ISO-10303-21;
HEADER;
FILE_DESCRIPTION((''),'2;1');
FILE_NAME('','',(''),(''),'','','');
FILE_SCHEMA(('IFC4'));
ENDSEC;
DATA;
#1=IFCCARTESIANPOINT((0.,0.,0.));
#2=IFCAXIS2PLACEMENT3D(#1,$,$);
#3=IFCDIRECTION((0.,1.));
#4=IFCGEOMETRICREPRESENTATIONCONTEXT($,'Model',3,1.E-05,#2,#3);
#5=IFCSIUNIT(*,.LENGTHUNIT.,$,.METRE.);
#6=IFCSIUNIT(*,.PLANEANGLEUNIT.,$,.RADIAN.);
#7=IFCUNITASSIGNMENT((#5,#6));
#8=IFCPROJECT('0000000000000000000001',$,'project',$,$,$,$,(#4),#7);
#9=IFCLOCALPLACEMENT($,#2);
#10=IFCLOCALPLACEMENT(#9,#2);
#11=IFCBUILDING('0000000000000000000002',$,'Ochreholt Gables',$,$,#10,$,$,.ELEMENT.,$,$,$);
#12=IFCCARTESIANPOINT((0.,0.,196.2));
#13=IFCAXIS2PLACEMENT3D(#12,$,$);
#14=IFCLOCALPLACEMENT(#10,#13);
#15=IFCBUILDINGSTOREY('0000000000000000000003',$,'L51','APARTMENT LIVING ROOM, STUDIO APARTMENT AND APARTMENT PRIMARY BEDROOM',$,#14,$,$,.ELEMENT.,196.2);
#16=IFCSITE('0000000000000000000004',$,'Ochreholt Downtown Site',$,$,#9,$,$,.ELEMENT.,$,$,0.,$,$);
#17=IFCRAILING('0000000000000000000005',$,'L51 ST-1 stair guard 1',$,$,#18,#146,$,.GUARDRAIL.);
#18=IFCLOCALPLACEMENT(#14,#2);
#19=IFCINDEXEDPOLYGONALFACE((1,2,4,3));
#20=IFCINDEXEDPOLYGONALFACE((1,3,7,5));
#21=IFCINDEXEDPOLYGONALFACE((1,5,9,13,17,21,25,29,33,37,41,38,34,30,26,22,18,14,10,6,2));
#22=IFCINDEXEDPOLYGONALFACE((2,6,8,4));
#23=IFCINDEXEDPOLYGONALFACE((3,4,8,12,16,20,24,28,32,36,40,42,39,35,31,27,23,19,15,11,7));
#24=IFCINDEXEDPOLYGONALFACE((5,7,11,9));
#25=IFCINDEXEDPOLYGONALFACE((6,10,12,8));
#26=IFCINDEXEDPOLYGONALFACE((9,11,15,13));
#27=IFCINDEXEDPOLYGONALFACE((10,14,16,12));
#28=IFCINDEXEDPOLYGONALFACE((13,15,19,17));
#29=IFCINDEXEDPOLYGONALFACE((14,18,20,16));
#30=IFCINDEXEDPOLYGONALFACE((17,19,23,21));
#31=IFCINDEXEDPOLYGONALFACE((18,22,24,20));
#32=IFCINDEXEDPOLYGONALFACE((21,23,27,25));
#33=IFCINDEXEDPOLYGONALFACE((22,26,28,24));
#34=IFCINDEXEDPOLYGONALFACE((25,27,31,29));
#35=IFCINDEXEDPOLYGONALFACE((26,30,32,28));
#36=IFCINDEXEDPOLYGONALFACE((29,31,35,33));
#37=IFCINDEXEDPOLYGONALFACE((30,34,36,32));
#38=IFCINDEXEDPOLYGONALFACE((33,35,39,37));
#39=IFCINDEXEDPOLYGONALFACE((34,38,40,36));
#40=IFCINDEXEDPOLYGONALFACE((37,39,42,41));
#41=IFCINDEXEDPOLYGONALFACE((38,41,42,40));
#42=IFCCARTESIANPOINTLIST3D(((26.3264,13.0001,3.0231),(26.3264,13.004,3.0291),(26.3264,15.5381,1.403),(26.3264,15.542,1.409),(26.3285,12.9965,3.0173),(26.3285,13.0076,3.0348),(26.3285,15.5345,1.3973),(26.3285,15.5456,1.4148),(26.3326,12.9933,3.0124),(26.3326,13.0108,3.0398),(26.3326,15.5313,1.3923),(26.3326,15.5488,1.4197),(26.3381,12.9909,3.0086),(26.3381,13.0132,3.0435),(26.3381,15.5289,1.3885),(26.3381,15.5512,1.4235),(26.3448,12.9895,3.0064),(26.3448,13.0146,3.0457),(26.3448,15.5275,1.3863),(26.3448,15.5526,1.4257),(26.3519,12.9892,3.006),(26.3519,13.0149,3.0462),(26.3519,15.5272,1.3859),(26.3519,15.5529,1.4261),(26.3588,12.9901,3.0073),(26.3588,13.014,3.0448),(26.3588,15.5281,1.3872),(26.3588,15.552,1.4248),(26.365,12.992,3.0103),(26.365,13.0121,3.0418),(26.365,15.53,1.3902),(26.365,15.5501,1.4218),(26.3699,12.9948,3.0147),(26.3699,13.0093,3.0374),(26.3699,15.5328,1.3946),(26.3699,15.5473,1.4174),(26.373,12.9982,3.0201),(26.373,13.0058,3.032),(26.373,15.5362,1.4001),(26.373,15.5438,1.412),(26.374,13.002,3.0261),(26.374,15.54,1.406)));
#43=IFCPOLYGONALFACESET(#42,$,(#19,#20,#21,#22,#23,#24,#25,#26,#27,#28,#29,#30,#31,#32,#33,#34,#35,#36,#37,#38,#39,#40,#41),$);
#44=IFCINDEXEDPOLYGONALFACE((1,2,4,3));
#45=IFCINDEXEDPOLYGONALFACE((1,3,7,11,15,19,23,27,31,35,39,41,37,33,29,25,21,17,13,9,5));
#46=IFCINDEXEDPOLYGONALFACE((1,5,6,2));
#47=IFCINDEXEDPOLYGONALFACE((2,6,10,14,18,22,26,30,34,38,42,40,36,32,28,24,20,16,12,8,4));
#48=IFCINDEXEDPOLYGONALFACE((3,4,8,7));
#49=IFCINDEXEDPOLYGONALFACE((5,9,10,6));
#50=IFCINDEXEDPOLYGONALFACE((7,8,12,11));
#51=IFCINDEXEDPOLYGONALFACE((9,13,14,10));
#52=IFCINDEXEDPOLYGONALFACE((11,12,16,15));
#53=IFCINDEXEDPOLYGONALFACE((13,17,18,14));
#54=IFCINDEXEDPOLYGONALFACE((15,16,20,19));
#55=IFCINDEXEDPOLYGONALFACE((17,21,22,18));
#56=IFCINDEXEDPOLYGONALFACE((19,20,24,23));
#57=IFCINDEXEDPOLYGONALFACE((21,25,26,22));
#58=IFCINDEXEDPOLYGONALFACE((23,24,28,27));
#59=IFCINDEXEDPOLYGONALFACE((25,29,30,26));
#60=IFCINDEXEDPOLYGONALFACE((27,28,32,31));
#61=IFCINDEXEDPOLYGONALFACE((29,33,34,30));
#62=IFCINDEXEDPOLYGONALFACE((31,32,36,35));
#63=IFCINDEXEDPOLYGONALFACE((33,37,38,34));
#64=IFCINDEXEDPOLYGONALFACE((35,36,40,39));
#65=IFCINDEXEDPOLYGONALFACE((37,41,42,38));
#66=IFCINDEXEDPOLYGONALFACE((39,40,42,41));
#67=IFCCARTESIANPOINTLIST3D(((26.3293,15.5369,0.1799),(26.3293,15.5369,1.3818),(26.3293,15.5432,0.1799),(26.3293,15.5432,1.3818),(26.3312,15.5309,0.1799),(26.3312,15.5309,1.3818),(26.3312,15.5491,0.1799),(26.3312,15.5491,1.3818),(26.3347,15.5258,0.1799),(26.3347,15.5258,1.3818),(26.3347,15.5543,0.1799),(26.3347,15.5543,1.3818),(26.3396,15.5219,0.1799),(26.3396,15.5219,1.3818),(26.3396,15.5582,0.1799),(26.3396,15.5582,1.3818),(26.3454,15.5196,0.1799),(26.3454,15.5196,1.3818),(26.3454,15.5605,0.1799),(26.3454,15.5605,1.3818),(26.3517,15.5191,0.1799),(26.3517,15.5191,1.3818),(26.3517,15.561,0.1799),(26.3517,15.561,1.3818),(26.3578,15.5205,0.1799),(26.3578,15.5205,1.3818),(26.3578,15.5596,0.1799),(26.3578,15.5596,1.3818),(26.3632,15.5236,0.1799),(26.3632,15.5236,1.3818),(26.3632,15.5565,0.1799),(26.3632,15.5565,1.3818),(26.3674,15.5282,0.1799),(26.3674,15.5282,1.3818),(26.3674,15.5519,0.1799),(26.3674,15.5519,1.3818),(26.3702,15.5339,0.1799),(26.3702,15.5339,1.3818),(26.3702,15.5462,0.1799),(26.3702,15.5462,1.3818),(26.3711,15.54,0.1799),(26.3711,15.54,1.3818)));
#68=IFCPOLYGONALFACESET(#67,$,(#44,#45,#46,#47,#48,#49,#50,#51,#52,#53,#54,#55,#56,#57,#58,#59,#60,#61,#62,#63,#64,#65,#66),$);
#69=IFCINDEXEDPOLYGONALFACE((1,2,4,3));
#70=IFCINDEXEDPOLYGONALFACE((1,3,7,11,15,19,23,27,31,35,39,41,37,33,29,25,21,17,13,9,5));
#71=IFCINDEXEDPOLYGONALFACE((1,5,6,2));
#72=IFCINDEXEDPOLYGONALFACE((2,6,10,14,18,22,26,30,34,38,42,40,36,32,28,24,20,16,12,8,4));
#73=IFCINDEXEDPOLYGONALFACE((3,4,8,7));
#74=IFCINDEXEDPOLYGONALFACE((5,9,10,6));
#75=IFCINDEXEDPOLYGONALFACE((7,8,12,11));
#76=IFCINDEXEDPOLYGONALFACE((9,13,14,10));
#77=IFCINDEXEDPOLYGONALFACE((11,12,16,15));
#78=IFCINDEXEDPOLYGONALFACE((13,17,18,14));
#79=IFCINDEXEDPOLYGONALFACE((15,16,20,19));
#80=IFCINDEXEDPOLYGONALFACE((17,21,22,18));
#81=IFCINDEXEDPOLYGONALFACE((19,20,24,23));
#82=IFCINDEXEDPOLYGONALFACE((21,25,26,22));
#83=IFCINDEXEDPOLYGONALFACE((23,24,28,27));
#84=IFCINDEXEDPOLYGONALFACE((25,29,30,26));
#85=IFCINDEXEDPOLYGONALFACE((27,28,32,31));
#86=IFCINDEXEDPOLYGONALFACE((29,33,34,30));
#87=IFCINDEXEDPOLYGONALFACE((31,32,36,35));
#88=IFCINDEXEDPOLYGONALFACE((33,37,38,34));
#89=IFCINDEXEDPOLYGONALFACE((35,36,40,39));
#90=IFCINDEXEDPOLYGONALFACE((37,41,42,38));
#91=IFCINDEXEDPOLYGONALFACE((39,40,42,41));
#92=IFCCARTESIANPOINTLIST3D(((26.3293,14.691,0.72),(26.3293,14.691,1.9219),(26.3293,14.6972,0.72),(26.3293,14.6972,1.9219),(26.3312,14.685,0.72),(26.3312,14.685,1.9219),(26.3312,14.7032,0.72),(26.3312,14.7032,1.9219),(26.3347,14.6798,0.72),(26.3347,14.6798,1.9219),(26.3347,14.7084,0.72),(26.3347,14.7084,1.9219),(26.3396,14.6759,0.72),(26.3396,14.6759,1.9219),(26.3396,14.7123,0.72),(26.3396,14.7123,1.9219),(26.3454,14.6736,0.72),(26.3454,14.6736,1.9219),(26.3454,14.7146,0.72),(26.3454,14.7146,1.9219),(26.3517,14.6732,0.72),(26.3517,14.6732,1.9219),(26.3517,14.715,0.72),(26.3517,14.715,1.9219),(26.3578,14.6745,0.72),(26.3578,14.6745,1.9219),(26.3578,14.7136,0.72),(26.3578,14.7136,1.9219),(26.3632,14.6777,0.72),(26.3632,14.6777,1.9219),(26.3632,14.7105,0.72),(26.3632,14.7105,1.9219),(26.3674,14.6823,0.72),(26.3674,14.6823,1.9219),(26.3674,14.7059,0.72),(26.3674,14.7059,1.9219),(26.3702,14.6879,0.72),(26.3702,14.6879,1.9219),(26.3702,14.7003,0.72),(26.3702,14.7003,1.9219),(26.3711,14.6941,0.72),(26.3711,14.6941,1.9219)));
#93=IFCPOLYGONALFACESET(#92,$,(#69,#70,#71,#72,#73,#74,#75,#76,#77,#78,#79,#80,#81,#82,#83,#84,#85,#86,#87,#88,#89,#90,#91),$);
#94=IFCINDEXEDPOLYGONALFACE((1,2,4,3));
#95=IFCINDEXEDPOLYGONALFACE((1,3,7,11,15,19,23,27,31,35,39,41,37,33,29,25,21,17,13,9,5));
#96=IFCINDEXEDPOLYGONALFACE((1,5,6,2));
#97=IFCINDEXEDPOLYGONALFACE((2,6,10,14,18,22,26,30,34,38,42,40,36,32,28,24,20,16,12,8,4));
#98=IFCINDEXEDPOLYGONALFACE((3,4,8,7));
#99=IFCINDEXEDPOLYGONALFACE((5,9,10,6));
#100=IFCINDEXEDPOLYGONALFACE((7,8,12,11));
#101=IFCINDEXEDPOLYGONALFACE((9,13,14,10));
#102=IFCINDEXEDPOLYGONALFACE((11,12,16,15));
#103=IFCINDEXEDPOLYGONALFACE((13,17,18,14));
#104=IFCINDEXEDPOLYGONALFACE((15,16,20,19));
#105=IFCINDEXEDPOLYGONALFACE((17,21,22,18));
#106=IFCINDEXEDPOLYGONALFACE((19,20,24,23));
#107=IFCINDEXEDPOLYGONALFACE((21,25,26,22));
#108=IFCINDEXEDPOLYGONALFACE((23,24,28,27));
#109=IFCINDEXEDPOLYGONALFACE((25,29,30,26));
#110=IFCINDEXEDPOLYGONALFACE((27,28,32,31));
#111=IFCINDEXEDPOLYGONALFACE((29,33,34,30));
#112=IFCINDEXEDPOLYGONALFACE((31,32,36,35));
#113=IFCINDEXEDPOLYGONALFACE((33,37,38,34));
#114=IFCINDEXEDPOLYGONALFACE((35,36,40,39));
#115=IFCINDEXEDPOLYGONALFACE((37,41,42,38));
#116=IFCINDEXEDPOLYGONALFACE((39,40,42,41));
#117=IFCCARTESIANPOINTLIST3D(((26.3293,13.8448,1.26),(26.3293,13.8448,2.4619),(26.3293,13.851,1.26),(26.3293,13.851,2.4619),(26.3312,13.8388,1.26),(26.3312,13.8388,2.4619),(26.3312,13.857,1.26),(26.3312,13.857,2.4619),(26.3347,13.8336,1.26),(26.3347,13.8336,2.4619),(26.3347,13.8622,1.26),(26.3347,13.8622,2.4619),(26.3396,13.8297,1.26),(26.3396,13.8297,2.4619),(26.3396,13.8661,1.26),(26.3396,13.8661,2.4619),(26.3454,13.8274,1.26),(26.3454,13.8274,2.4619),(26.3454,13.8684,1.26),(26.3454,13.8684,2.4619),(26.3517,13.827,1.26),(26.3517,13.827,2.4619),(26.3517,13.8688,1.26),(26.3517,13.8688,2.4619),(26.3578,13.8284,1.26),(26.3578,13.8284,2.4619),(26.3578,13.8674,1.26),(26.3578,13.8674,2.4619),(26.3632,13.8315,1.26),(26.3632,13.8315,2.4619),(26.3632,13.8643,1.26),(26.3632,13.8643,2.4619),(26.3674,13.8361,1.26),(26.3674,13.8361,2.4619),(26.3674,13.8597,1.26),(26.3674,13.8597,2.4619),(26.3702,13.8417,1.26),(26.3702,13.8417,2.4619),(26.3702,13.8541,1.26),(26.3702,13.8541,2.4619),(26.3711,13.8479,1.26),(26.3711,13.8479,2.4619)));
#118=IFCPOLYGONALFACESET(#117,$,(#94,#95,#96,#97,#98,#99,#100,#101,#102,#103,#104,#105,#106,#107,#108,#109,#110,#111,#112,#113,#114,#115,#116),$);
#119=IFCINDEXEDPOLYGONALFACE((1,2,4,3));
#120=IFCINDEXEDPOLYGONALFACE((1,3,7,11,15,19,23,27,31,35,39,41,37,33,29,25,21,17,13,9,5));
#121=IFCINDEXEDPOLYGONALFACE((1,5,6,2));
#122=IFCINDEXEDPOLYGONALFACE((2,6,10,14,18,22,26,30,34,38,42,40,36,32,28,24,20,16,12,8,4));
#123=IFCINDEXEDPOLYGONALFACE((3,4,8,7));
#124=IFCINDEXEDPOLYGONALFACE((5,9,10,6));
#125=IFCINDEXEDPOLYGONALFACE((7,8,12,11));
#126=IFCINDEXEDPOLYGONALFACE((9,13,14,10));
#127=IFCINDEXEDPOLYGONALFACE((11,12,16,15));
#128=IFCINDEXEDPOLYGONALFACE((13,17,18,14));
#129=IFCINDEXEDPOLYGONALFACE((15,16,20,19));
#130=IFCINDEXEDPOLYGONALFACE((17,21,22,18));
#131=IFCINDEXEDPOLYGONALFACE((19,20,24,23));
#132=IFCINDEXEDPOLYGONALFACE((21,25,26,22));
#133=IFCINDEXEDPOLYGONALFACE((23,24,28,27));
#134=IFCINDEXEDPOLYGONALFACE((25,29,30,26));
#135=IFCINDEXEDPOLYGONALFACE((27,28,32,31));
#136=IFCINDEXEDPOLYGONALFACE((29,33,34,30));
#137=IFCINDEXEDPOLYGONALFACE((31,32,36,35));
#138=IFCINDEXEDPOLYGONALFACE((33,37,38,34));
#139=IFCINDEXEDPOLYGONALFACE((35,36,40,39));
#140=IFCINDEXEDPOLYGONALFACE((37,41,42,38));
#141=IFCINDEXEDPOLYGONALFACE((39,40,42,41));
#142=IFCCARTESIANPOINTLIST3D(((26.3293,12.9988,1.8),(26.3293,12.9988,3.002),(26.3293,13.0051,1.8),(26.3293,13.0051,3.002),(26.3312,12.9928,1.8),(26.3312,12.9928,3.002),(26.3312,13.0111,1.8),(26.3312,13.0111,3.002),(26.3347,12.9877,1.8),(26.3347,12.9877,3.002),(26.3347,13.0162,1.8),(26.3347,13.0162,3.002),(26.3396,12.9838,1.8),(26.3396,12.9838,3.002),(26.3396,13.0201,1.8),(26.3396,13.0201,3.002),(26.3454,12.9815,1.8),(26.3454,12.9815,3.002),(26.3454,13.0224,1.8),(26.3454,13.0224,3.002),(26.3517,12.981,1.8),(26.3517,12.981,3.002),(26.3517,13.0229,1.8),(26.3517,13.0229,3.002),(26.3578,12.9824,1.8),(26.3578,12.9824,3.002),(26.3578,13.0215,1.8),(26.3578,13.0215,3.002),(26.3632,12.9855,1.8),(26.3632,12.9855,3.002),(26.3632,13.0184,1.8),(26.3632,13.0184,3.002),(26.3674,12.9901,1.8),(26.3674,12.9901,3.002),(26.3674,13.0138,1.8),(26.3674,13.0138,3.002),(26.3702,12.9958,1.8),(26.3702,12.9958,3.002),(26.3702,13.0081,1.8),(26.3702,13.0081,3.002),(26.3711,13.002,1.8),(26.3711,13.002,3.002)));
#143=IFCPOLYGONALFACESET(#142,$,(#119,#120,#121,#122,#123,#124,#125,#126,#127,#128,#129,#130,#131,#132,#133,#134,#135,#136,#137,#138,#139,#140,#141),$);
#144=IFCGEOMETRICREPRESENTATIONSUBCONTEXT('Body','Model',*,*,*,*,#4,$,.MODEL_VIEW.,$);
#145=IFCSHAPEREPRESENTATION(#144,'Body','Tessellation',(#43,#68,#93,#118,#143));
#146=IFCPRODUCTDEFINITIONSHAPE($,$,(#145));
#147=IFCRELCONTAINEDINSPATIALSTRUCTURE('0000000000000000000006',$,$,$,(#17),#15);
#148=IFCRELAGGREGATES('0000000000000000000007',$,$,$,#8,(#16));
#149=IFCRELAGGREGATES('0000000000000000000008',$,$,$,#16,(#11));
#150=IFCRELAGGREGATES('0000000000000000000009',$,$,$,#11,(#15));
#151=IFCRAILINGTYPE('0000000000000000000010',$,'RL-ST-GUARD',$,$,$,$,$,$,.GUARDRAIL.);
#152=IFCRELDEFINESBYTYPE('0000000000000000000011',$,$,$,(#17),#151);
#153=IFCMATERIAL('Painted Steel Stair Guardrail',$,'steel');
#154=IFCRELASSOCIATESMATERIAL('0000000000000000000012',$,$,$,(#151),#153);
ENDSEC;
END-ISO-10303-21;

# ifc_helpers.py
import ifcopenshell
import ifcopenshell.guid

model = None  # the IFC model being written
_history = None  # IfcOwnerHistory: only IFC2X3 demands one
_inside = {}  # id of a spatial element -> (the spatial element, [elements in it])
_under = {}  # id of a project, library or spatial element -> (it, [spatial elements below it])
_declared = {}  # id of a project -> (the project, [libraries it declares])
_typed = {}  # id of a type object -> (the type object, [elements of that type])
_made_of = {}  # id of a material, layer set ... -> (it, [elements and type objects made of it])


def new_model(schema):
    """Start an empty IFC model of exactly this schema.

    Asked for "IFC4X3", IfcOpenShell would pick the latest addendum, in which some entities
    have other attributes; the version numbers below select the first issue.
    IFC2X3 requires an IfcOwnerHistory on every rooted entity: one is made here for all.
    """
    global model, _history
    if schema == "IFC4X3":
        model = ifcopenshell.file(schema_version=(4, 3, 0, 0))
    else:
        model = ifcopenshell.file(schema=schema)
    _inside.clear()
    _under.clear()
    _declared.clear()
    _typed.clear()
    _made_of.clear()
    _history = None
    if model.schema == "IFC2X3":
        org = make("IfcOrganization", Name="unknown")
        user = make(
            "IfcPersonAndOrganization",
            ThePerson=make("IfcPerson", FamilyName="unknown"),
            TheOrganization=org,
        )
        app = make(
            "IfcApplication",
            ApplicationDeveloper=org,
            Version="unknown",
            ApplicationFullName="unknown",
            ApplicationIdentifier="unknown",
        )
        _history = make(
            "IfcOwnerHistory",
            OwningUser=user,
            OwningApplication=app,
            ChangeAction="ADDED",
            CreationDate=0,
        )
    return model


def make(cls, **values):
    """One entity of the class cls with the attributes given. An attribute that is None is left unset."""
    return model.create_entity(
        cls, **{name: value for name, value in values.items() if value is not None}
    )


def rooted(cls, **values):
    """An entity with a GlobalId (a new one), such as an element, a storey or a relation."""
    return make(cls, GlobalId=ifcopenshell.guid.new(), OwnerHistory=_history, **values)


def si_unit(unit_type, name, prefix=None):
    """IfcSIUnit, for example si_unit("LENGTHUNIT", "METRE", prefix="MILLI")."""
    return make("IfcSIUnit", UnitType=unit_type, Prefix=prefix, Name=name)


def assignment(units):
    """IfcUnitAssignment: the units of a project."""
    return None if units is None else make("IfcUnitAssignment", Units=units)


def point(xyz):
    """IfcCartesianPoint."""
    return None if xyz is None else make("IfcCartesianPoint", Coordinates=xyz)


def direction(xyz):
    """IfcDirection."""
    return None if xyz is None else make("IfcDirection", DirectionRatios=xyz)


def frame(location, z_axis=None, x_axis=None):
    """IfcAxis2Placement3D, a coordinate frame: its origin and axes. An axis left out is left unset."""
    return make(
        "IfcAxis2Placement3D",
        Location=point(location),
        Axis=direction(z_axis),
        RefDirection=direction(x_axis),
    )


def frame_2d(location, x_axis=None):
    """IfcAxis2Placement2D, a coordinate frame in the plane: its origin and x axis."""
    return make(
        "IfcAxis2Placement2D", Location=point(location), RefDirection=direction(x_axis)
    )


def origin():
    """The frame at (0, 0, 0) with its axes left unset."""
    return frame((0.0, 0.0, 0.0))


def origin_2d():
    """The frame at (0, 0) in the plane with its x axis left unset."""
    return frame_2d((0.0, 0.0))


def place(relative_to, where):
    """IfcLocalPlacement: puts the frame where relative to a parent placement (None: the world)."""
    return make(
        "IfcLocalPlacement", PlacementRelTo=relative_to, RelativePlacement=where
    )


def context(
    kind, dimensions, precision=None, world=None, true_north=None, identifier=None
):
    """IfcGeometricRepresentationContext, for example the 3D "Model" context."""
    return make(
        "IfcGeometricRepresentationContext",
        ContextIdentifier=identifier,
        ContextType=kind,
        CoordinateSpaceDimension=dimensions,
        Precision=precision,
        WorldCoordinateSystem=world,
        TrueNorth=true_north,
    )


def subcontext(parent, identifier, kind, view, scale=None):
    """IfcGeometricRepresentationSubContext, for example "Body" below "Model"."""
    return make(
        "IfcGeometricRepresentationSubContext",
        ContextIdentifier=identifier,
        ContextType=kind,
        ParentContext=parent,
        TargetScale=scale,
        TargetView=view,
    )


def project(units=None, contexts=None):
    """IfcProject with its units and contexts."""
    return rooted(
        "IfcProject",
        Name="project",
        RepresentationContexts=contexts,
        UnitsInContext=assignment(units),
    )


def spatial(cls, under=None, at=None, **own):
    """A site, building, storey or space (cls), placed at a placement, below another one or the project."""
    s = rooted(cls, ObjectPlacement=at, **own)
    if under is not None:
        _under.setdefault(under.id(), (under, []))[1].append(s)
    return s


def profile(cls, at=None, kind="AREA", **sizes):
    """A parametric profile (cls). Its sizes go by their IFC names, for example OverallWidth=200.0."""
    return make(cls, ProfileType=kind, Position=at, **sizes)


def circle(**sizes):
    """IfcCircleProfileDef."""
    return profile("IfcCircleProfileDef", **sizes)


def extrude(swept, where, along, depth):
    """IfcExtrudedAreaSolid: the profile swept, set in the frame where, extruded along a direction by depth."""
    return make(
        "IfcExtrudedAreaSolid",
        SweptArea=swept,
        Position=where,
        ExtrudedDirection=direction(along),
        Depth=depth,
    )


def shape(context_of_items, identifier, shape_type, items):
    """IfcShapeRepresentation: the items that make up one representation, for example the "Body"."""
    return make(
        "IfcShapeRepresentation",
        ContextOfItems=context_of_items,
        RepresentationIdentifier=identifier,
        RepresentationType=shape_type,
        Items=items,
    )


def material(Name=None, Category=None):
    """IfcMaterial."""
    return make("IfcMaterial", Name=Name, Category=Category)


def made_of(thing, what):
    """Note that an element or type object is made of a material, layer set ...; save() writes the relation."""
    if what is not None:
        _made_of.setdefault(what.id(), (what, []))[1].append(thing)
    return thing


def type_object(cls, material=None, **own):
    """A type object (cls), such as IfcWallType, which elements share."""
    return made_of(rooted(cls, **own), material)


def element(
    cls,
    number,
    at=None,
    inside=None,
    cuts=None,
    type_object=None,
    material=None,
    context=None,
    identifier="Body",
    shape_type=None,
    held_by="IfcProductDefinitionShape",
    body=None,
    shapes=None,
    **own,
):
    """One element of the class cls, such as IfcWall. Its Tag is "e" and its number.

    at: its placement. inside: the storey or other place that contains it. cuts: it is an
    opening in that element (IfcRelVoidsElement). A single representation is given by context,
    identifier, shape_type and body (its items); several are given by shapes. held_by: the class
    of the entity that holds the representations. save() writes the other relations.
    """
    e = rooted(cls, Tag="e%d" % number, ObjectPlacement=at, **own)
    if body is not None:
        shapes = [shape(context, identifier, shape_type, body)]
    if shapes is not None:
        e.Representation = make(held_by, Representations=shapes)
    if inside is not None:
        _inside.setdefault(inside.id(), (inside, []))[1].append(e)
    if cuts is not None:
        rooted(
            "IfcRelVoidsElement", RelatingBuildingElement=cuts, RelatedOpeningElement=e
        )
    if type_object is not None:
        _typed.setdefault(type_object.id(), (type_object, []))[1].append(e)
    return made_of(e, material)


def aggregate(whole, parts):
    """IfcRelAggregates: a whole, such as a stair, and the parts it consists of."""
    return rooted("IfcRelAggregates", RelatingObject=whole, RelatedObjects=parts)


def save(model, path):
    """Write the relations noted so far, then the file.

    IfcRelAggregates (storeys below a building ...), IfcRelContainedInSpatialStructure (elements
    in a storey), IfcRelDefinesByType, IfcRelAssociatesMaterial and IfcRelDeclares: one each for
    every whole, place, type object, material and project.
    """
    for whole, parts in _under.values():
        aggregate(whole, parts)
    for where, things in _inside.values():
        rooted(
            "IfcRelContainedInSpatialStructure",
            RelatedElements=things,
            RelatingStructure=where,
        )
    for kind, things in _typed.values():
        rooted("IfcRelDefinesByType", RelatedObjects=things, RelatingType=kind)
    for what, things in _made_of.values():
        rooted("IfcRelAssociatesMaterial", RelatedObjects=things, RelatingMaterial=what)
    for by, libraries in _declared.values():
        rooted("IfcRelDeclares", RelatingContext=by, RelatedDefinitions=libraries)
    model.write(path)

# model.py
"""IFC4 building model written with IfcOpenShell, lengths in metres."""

from ifc_helpers import new_model, si_unit, direction, frame, origin, origin_2d, place, context, subcontext, project, spatial, circle, extrude, material, type_object, element, save


model = new_model("IFC4")

# Units and contexts
model_context = context("Model", 3, precision=1e-05, world=origin(), true_north=direction((0.0, 1.0)))
body_context = subcontext(model_context, "Body", "Model", "MODEL_VIEW")
ifc_project = project(units=[si_unit("LENGTHUNIT", "METRE"), si_unit("PLANEANGLEUNIT", "RADIAN")], contexts=[model_context])

# Site, building, storey
site_placement = place(None, origin())
site = spatial("IfcSite", under=ifc_project, at=site_placement, Name="Ochreholt Downtown Site", CompositionType="ELEMENT", RefElevation=0.0)
building_placement = place(site_placement, origin())
building = spatial("IfcBuilding", under=site, at=building_placement, Name="Ochreholt Gables", CompositionType="ELEMENT")
storey_placement = place(building_placement, frame((0.0, 0.0, 196.2)))
storey = spatial("IfcBuildingStorey", under=building, at=storey_placement, Name="L51", Description="APARTMENT LIVING ROOM, STUDIO APARTMENT AND APARTMENT PRIMARY BEDROOM", CompositionType="ELEMENT", Elevation=196.2)

# Railing
ifc_material_1 = material(Name="Painted Steel Stair Guardrail", Category="steel")
railing_type = type_object("IfcRailingType", Name="RL-ST-GUARD", PredefinedType="GUARDRAIL", material=ifc_material_1)
railing_1_placement = place(storey_placement, frame((26.3501, 15.54, 0.1799)))
element("IfcRailing", 1, at=railing_1_placement, inside=storey, type_object=railing_type, Name="L51 ST-1 stair guard 1", PredefinedType="GUARDRAIL", context=body_context, shape_type="SweptSolid", body=[
    extrude(circle(Radius=0.0239, at=origin_2d()), frame((0.0, 0.0, 1.2261), z_axis=(0.0, -0.842913, 0.53805), x_axis=(1.0, 0.0, 0.0)), (0.0, 0.0, 1.0), 3.011),
    extrude(circle(Radius=0.021, at=origin_2d()), origin(), (0.0, 0.0, 1.0), 1.2019),
    extrude(circle(Radius=0.021, at=origin_2d()), frame((0.0, -0.8459, 0.54)), (0.0, 0.0, 1.0), 1.2019),
    extrude(circle(Radius=0.021, at=origin_2d()), frame((0.0, -1.6921, 1.0801)), (0.0, 0.0, 1.0), 1.2019),
    extrude(circle(Radius=0.021, at=origin_2d()), frame((0.0, -2.5381, 1.6201)), (0.0, 0.0, 1.0), 1.2019),
])

save(model, "model.ifc")
